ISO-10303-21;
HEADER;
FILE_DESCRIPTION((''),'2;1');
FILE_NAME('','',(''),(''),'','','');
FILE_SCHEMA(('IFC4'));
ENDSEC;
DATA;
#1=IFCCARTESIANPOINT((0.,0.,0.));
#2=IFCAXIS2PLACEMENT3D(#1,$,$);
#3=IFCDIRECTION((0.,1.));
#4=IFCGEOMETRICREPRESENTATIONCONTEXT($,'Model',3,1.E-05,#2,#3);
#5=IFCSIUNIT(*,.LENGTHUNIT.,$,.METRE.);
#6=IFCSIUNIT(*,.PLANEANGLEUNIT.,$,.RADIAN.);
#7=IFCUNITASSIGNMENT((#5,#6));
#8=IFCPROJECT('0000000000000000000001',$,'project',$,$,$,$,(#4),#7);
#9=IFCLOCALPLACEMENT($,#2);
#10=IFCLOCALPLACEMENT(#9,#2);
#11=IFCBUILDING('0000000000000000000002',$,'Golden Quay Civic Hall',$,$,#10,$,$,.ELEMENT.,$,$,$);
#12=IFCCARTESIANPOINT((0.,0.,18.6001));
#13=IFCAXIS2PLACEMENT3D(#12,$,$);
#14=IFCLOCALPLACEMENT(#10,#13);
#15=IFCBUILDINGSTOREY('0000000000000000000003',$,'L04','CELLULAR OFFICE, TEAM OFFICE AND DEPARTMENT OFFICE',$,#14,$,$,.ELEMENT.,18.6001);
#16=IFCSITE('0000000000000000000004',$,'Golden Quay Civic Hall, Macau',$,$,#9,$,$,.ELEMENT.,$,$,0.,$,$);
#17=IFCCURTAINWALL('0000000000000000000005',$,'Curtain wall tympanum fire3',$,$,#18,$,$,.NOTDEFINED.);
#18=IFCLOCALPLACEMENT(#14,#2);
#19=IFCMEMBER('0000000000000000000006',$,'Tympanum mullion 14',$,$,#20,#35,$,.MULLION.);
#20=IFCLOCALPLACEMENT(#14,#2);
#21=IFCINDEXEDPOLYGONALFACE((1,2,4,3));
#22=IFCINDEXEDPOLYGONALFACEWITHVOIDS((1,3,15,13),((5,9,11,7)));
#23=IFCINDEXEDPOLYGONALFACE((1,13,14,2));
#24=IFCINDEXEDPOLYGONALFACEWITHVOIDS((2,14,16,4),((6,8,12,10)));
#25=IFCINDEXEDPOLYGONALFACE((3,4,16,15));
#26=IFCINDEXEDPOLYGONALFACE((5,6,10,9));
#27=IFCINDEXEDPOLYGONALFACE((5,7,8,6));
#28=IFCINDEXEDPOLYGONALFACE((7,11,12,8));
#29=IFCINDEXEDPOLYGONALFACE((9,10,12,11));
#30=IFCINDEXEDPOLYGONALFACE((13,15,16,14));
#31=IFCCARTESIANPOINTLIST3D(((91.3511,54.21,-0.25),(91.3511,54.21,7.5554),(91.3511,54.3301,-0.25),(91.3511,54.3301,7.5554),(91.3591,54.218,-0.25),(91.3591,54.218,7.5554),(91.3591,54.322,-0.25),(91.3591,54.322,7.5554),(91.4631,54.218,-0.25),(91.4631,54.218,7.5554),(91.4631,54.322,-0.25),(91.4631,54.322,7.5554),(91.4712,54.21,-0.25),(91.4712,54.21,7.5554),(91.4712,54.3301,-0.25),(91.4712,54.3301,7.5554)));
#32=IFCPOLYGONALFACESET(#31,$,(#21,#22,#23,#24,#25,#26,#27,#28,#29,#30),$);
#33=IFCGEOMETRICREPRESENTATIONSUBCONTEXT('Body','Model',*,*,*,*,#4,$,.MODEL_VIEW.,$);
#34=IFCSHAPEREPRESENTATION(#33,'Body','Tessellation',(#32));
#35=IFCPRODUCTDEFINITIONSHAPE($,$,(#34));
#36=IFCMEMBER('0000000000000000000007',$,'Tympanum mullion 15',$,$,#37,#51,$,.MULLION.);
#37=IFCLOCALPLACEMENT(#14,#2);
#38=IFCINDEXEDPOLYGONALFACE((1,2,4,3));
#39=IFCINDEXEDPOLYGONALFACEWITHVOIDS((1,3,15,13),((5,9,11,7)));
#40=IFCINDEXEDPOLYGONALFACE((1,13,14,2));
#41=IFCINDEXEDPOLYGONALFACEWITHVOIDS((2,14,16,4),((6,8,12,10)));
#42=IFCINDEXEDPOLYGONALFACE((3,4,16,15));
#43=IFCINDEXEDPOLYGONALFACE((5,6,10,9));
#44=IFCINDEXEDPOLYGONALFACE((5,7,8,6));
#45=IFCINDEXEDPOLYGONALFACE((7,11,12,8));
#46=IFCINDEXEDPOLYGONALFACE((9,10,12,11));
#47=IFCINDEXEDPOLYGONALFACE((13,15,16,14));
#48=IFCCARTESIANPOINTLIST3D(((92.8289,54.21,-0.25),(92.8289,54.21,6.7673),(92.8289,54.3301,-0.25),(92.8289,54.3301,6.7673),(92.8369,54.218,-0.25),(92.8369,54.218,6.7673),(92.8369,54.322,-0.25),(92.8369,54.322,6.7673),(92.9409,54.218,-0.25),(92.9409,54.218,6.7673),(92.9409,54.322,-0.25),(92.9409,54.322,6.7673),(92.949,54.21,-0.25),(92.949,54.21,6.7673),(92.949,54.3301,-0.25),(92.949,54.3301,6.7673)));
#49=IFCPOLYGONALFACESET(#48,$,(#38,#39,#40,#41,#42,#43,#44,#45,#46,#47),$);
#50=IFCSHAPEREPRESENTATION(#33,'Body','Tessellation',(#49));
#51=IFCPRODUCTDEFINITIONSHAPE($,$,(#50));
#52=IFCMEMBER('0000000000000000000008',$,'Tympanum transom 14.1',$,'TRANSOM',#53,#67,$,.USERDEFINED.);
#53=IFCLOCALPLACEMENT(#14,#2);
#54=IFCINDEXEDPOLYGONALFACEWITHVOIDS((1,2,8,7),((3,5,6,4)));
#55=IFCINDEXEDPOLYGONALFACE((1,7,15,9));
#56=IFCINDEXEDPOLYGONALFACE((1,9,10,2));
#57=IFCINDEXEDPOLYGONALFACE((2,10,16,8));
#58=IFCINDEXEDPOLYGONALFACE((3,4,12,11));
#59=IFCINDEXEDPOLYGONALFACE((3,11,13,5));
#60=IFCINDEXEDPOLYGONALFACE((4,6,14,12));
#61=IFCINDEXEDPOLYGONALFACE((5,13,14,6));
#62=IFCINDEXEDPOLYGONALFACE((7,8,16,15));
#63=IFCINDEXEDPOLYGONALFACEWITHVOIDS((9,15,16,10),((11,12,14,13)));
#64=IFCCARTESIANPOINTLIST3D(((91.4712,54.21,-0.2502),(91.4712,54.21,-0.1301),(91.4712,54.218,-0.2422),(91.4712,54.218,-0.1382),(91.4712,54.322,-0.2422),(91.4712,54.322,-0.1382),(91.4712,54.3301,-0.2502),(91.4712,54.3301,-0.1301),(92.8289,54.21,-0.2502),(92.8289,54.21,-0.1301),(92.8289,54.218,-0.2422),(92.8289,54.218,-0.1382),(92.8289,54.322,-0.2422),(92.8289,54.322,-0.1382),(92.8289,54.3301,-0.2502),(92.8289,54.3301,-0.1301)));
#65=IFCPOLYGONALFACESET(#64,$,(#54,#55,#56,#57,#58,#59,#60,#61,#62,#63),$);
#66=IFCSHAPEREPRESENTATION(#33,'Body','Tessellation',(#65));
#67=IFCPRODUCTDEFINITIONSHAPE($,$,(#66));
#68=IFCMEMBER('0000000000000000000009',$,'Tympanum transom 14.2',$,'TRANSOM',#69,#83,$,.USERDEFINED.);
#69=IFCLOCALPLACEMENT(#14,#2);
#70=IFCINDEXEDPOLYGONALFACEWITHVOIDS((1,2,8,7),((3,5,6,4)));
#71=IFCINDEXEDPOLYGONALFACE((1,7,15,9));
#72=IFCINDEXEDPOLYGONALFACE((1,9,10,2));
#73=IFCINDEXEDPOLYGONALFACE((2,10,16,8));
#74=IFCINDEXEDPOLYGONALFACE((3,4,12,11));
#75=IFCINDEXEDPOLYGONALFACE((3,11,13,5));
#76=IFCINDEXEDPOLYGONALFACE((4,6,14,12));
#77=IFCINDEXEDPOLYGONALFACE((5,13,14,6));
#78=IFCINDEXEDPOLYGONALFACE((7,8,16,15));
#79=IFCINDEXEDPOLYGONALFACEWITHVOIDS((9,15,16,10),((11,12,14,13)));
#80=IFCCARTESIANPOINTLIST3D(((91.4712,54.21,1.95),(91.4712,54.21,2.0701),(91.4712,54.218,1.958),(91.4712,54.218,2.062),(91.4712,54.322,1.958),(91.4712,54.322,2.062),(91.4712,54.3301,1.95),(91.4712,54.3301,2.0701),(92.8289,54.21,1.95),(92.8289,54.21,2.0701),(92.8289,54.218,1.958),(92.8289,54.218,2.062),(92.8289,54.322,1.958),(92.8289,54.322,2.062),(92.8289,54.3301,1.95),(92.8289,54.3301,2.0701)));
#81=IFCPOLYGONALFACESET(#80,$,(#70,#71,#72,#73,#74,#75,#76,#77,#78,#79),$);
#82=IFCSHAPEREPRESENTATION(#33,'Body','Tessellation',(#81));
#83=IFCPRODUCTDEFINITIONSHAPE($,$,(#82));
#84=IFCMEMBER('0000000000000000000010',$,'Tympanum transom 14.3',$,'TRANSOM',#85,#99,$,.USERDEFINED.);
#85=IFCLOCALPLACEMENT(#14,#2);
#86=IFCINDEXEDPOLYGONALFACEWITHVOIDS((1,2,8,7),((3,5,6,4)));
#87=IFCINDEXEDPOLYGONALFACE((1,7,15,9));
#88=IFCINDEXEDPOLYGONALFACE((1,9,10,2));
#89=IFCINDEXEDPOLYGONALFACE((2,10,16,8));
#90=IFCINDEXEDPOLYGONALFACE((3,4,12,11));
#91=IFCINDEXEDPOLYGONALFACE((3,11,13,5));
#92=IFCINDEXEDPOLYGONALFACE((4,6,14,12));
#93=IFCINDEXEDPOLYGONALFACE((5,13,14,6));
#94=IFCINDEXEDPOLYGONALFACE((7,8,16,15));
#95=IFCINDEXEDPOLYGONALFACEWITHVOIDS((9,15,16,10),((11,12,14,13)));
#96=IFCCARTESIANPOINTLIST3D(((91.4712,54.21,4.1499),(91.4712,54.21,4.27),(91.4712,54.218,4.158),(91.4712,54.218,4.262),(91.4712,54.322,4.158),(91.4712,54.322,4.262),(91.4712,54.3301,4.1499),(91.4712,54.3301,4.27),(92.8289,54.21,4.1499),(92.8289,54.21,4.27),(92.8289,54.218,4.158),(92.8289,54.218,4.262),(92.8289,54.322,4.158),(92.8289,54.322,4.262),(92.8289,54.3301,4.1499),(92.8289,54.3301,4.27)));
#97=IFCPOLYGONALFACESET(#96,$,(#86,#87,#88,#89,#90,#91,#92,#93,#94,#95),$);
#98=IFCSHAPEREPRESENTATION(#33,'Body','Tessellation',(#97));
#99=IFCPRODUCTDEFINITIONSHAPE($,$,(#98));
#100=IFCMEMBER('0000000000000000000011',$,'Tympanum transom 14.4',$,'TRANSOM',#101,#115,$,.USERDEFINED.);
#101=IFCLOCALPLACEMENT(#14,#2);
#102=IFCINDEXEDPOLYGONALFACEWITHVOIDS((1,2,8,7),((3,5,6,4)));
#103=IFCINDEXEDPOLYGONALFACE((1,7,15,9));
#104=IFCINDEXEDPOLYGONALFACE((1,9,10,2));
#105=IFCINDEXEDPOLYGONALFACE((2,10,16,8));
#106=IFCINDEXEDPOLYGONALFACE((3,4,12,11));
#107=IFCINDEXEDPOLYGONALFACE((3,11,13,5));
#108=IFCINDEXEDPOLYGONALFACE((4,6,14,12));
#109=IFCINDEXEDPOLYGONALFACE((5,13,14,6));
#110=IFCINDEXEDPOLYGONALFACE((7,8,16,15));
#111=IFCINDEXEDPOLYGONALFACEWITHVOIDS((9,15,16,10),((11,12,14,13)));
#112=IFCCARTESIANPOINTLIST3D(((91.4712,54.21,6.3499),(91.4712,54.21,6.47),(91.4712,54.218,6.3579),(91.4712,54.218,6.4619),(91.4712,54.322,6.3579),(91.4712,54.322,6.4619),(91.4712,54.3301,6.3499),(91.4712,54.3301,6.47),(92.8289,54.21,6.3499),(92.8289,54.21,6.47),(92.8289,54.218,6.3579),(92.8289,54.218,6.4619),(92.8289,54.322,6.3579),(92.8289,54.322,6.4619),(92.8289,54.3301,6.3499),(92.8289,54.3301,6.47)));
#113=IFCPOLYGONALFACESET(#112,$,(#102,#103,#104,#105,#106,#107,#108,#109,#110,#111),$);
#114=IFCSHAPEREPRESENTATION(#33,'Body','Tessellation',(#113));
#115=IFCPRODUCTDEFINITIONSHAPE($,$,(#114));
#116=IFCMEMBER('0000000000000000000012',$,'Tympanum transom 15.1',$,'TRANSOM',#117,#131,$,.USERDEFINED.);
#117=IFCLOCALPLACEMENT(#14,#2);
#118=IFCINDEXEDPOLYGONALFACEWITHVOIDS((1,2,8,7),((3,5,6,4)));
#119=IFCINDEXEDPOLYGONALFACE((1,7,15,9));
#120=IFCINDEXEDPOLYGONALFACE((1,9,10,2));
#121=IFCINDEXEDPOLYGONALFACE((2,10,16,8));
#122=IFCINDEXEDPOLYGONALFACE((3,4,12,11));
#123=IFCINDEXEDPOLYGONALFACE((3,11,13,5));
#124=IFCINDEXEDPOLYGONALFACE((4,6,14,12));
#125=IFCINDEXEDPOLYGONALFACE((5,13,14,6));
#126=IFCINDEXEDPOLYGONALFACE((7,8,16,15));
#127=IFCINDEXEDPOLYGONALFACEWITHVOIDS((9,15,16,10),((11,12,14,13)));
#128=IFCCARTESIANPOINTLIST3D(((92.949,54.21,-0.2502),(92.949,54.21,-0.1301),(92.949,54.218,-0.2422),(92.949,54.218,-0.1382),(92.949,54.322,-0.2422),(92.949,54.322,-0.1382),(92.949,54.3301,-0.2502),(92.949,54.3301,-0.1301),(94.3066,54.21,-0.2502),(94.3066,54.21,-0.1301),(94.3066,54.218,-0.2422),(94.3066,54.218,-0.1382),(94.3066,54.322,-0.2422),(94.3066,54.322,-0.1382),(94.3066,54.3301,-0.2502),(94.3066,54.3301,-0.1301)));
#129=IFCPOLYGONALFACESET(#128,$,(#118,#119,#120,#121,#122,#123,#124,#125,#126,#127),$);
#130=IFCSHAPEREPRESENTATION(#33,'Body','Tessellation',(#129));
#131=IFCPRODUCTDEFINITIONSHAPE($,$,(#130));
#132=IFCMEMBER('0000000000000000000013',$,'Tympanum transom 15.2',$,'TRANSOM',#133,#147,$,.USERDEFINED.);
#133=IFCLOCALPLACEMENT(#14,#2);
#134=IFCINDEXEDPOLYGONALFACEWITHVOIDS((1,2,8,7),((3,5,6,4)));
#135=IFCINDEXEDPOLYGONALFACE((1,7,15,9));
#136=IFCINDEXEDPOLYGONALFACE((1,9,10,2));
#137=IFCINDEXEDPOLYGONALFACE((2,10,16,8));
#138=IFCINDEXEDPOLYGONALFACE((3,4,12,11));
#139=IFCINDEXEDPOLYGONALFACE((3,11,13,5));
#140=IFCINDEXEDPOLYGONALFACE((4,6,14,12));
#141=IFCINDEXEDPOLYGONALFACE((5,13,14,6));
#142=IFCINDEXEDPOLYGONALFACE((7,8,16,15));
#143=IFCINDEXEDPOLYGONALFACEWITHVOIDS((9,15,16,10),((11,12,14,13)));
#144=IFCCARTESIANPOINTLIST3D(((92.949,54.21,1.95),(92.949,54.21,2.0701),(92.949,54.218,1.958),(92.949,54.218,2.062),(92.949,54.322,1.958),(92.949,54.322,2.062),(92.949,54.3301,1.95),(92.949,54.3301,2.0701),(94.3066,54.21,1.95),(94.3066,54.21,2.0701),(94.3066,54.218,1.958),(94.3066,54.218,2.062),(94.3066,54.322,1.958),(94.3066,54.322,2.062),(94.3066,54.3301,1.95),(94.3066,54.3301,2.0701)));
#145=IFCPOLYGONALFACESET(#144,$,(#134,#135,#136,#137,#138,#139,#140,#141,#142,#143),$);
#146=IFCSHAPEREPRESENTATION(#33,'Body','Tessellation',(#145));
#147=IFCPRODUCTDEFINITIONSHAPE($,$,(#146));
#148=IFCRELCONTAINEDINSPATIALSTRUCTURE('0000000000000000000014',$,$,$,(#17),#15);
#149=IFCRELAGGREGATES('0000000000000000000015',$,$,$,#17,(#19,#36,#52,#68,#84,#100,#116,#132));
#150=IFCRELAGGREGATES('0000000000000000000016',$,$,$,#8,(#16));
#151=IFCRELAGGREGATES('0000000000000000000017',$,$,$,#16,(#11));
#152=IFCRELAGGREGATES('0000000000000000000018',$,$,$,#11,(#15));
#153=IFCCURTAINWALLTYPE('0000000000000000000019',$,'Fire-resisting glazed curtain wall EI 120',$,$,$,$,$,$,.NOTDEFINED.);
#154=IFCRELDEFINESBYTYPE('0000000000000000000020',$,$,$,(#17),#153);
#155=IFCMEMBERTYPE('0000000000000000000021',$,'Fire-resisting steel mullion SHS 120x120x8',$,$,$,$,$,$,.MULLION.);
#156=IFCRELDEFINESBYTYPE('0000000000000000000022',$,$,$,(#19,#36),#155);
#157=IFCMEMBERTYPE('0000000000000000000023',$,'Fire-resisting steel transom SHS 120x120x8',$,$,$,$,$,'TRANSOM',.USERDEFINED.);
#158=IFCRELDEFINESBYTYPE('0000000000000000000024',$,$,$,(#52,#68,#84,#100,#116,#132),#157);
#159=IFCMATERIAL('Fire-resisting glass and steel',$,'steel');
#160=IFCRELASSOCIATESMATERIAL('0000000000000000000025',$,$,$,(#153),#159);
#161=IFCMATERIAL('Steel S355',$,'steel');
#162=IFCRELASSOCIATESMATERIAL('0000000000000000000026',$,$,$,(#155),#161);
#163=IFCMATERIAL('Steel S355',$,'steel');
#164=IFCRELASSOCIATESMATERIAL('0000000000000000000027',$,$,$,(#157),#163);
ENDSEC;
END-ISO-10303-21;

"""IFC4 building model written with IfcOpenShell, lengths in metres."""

from ifc_helpers import new_model, si_unit, direction, frame, origin, origin_2d, place, context, subcontext, project, spatial, hollow_rectangle, extrude, material, material_profile, profile_set, type_object, element, aggregate, save


model = new_model("IFC4")

# Units and contexts
model_context = context("Model", 3, precision=1e-05, world=origin(), true_north=direction((0.0, 1.0)))
body_context = subcontext(model_context, "Body", "Model", "MODEL_VIEW")
ifc_project = project(units=[si_unit("LENGTHUNIT", "METRE"), si_unit("PLANEANGLEUNIT", "RADIAN")], contexts=[model_context])

# Site, building, storey
site_placement = place(None, origin())
site = spatial("IfcSite", under=ifc_project, at=site_placement, Name="Golden Quay Civic Hall, Macau", CompositionType="ELEMENT", RefElevation=0.0)
building_placement = place(site_placement, origin())
building = spatial("IfcBuilding", under=site, at=building_placement, Name="Golden Quay Civic Hall", CompositionType="ELEMENT")
storey_placement = place(building_placement, frame((0.0, 0.0, 18.6001)))
storey = spatial("IfcBuildingStorey", under=building, at=storey_placement, Name="L04", Description="CELLULAR OFFICE, TEAM OFFICE AND DEPARTMENT OFFICE", CompositionType="ELEMENT", Elevation=18.6001)

# Curtain wall, members
ifc_material_1 = material(Name="Fire-resisting glass and steel", Category="steel")
curtain_wall_type = type_object("IfcCurtainWallType", Name="Fire-resisting glazed curtain wall EI 120", PredefinedType="NOTDEFINED", material=ifc_material_1)
curtain_wall_placement = place(storey_placement, origin())
curtain_wall = element("IfcCurtainWall", 1, at=curtain_wall_placement, inside=storey, type_object=curtain_wall_type, Name="Curtain wall tympanum fire3", PredefinedType="NOTDEFINED")
ifc_material_2 = material(Name="Steel S355", Category="steel")
ifc_material_profile_1 = material_profile(ifc_material_2, hollow_rectangle(XDim=0.1201, YDim=0.1201, WallThickness=0.0081, at=origin_2d()), Name="SHS 120x120x8")
ifc_profile_set_1 = profile_set([ifc_material_profile_1], Name="Steel S355")
member_type_1 = type_object("IfcMemberType", Name="Fire-resisting steel mullion SHS 120x120x8", PredefinedType="MULLION", material=ifc_profile_set_1)
member_1_placement = place(storey_placement, frame((91.4111, 54.27, -0.25), z_axis=(0.0, 0.0, 1.0), x_axis=(0.0, 1.0, 0.0)))
member_1 = element("IfcMember", 2, at=member_1_placement, type_object=member_type_1, Name="Tympanum mullion 14", PredefinedType="MULLION", context=body_context, shape_type="SweptSolid", body=[
    extrude(hollow_rectangle(XDim=0.1201, YDim=0.1201, WallThickness=0.0081, at=origin_2d()), origin(), (0.0, 0.0, 1.0), 7.8054),
])
member_2_placement = place(storey_placement, frame((92.8889, 54.27, -0.25), z_axis=(0.0, 0.0, 1.0), x_axis=(0.0, 1.0, 0.0)))
member_2 = element("IfcMember", 3, at=member_2_placement, type_object=member_type_1, Name="Tympanum mullion 15", PredefinedType="MULLION", context=body_context, shape_type="SweptSolid", body=[
    extrude(hollow_rectangle(XDim=0.1201, YDim=0.1201, WallThickness=0.0081, at=origin_2d()), origin(), (0.0, 0.0, 1.0), 7.0173),
])
ifc_material_3 = material(Name="Steel S355", Category="steel")
ifc_material_profile_2 = material_profile(ifc_material_3, hollow_rectangle(XDim=0.1201, YDim=0.1201, WallThickness=0.0081, at=origin_2d()), Name="SHS 120x120x8")
ifc_profile_set_2 = profile_set([ifc_material_profile_2], Name="Steel S355")
member_type_2 = type_object("IfcMemberType", Name="Fire-resisting steel transom SHS 120x120x8", ElementType="TRANSOM", PredefinedType="USERDEFINED", material=ifc_profile_set_2)
member_3_placement = place(storey_placement, frame((91.4712, 54.27, -0.1902), z_axis=(1.0, 0.0, 0.0), x_axis=(0.0, 1.0, 0.0)))
member_3 = element("IfcMember", 4, at=member_3_placement, type_object=member_type_2, Name="Tympanum transom 14.1", ObjectType="TRANSOM", PredefinedType="USERDEFINED", context=body_context, shape_type="SweptSolid", body=[
    extrude(hollow_rectangle(XDim=0.1201, YDim=0.1201, WallThickness=0.0081, at=origin_2d()), origin(), (0.0, 0.0, 1.0), 1.3577),
])
member_4_placement = place(storey_placement, frame((91.4712, 54.27, 2.01), z_axis=(1.0, 0.0, 0.0), x_axis=(0.0, 1.0, 0.0)))
member_4 = element("IfcMember", 5, at=member_4_placement, type_object=member_type_2, Name="Tympanum transom 14.2", ObjectType="TRANSOM", PredefinedType="USERDEFINED", context=body_context, shape_type="SweptSolid", body=[
    extrude(hollow_rectangle(XDim=0.1201, YDim=0.1201, WallThickness=0.0081, at=origin_2d()), origin(), (0.0, 0.0, 1.0), 1.3577),
])
member_5_placement = place(storey_placement, frame((91.4712, 54.27, 4.21), z_axis=(1.0, 0.0, 0.0), x_axis=(0.0, 1.0, 0.0)))
member_5 = element("IfcMember", 6, at=member_5_placement, type_object=member_type_2, Name="Tympanum transom 14.3", ObjectType="TRANSOM", PredefinedType="USERDEFINED", context=body_context, shape_type="SweptSolid", body=[
    extrude(hollow_rectangle(XDim=0.1201, YDim=0.1201, WallThickness=0.0081, at=origin_2d()), origin(), (0.0, 0.0, 1.0), 1.3577),
])
member_6_placement = place(storey_placement, frame((91.4712, 54.27, 6.4099), z_axis=(1.0, 0.0, 0.0), x_axis=(0.0, 1.0, 0.0)))
member_6 = element("IfcMember", 7, at=member_6_placement, type_object=member_type_2, Name="Tympanum transom 14.4", ObjectType="TRANSOM", PredefinedType="USERDEFINED", context=body_context, shape_type="SweptSolid", body=[
    extrude(hollow_rectangle(XDim=0.1201, YDim=0.1201, WallThickness=0.0081, at=origin_2d()), origin(), (0.0, 0.0, 1.0), 1.3577),
])
member_7_placement = place(storey_placement, frame((92.949, 54.27, -0.1902), z_axis=(1.0, 0.0, 0.0), x_axis=(0.0, 1.0, 0.0)))
member_7 = element("IfcMember", 8, at=member_7_placement, type_object=member_type_2, Name="Tympanum transom 15.1", ObjectType="TRANSOM", PredefinedType="USERDEFINED", context=body_context, shape_type="SweptSolid", body=[
    extrude(hollow_rectangle(XDim=0.1201, YDim=0.1201, WallThickness=0.0081, at=origin_2d()), origin(), (0.0, 0.0, 1.0), 1.3577),
])
member_8_placement = place(storey_placement, frame((92.949, 54.27, 2.01), z_axis=(1.0, 0.0, 0.0), x_axis=(0.0, 1.0, 0.0)))
member_8 = element("IfcMember", 9, at=member_8_placement, type_object=member_type_2, Name="Tympanum transom 15.2", ObjectType="TRANSOM", PredefinedType="USERDEFINED", context=body_context, shape_type="SweptSolid", body=[
    extrude(hollow_rectangle(XDim=0.1201, YDim=0.1201, WallThickness=0.0081, at=origin_2d()), origin(), (0.0, 0.0, 1.0), 1.3577),
])
aggregate(curtain_wall, [member_1, member_2, member_3, member_4, member_5, member_6, member_7, member_8])

save(model, "model.ifc")
